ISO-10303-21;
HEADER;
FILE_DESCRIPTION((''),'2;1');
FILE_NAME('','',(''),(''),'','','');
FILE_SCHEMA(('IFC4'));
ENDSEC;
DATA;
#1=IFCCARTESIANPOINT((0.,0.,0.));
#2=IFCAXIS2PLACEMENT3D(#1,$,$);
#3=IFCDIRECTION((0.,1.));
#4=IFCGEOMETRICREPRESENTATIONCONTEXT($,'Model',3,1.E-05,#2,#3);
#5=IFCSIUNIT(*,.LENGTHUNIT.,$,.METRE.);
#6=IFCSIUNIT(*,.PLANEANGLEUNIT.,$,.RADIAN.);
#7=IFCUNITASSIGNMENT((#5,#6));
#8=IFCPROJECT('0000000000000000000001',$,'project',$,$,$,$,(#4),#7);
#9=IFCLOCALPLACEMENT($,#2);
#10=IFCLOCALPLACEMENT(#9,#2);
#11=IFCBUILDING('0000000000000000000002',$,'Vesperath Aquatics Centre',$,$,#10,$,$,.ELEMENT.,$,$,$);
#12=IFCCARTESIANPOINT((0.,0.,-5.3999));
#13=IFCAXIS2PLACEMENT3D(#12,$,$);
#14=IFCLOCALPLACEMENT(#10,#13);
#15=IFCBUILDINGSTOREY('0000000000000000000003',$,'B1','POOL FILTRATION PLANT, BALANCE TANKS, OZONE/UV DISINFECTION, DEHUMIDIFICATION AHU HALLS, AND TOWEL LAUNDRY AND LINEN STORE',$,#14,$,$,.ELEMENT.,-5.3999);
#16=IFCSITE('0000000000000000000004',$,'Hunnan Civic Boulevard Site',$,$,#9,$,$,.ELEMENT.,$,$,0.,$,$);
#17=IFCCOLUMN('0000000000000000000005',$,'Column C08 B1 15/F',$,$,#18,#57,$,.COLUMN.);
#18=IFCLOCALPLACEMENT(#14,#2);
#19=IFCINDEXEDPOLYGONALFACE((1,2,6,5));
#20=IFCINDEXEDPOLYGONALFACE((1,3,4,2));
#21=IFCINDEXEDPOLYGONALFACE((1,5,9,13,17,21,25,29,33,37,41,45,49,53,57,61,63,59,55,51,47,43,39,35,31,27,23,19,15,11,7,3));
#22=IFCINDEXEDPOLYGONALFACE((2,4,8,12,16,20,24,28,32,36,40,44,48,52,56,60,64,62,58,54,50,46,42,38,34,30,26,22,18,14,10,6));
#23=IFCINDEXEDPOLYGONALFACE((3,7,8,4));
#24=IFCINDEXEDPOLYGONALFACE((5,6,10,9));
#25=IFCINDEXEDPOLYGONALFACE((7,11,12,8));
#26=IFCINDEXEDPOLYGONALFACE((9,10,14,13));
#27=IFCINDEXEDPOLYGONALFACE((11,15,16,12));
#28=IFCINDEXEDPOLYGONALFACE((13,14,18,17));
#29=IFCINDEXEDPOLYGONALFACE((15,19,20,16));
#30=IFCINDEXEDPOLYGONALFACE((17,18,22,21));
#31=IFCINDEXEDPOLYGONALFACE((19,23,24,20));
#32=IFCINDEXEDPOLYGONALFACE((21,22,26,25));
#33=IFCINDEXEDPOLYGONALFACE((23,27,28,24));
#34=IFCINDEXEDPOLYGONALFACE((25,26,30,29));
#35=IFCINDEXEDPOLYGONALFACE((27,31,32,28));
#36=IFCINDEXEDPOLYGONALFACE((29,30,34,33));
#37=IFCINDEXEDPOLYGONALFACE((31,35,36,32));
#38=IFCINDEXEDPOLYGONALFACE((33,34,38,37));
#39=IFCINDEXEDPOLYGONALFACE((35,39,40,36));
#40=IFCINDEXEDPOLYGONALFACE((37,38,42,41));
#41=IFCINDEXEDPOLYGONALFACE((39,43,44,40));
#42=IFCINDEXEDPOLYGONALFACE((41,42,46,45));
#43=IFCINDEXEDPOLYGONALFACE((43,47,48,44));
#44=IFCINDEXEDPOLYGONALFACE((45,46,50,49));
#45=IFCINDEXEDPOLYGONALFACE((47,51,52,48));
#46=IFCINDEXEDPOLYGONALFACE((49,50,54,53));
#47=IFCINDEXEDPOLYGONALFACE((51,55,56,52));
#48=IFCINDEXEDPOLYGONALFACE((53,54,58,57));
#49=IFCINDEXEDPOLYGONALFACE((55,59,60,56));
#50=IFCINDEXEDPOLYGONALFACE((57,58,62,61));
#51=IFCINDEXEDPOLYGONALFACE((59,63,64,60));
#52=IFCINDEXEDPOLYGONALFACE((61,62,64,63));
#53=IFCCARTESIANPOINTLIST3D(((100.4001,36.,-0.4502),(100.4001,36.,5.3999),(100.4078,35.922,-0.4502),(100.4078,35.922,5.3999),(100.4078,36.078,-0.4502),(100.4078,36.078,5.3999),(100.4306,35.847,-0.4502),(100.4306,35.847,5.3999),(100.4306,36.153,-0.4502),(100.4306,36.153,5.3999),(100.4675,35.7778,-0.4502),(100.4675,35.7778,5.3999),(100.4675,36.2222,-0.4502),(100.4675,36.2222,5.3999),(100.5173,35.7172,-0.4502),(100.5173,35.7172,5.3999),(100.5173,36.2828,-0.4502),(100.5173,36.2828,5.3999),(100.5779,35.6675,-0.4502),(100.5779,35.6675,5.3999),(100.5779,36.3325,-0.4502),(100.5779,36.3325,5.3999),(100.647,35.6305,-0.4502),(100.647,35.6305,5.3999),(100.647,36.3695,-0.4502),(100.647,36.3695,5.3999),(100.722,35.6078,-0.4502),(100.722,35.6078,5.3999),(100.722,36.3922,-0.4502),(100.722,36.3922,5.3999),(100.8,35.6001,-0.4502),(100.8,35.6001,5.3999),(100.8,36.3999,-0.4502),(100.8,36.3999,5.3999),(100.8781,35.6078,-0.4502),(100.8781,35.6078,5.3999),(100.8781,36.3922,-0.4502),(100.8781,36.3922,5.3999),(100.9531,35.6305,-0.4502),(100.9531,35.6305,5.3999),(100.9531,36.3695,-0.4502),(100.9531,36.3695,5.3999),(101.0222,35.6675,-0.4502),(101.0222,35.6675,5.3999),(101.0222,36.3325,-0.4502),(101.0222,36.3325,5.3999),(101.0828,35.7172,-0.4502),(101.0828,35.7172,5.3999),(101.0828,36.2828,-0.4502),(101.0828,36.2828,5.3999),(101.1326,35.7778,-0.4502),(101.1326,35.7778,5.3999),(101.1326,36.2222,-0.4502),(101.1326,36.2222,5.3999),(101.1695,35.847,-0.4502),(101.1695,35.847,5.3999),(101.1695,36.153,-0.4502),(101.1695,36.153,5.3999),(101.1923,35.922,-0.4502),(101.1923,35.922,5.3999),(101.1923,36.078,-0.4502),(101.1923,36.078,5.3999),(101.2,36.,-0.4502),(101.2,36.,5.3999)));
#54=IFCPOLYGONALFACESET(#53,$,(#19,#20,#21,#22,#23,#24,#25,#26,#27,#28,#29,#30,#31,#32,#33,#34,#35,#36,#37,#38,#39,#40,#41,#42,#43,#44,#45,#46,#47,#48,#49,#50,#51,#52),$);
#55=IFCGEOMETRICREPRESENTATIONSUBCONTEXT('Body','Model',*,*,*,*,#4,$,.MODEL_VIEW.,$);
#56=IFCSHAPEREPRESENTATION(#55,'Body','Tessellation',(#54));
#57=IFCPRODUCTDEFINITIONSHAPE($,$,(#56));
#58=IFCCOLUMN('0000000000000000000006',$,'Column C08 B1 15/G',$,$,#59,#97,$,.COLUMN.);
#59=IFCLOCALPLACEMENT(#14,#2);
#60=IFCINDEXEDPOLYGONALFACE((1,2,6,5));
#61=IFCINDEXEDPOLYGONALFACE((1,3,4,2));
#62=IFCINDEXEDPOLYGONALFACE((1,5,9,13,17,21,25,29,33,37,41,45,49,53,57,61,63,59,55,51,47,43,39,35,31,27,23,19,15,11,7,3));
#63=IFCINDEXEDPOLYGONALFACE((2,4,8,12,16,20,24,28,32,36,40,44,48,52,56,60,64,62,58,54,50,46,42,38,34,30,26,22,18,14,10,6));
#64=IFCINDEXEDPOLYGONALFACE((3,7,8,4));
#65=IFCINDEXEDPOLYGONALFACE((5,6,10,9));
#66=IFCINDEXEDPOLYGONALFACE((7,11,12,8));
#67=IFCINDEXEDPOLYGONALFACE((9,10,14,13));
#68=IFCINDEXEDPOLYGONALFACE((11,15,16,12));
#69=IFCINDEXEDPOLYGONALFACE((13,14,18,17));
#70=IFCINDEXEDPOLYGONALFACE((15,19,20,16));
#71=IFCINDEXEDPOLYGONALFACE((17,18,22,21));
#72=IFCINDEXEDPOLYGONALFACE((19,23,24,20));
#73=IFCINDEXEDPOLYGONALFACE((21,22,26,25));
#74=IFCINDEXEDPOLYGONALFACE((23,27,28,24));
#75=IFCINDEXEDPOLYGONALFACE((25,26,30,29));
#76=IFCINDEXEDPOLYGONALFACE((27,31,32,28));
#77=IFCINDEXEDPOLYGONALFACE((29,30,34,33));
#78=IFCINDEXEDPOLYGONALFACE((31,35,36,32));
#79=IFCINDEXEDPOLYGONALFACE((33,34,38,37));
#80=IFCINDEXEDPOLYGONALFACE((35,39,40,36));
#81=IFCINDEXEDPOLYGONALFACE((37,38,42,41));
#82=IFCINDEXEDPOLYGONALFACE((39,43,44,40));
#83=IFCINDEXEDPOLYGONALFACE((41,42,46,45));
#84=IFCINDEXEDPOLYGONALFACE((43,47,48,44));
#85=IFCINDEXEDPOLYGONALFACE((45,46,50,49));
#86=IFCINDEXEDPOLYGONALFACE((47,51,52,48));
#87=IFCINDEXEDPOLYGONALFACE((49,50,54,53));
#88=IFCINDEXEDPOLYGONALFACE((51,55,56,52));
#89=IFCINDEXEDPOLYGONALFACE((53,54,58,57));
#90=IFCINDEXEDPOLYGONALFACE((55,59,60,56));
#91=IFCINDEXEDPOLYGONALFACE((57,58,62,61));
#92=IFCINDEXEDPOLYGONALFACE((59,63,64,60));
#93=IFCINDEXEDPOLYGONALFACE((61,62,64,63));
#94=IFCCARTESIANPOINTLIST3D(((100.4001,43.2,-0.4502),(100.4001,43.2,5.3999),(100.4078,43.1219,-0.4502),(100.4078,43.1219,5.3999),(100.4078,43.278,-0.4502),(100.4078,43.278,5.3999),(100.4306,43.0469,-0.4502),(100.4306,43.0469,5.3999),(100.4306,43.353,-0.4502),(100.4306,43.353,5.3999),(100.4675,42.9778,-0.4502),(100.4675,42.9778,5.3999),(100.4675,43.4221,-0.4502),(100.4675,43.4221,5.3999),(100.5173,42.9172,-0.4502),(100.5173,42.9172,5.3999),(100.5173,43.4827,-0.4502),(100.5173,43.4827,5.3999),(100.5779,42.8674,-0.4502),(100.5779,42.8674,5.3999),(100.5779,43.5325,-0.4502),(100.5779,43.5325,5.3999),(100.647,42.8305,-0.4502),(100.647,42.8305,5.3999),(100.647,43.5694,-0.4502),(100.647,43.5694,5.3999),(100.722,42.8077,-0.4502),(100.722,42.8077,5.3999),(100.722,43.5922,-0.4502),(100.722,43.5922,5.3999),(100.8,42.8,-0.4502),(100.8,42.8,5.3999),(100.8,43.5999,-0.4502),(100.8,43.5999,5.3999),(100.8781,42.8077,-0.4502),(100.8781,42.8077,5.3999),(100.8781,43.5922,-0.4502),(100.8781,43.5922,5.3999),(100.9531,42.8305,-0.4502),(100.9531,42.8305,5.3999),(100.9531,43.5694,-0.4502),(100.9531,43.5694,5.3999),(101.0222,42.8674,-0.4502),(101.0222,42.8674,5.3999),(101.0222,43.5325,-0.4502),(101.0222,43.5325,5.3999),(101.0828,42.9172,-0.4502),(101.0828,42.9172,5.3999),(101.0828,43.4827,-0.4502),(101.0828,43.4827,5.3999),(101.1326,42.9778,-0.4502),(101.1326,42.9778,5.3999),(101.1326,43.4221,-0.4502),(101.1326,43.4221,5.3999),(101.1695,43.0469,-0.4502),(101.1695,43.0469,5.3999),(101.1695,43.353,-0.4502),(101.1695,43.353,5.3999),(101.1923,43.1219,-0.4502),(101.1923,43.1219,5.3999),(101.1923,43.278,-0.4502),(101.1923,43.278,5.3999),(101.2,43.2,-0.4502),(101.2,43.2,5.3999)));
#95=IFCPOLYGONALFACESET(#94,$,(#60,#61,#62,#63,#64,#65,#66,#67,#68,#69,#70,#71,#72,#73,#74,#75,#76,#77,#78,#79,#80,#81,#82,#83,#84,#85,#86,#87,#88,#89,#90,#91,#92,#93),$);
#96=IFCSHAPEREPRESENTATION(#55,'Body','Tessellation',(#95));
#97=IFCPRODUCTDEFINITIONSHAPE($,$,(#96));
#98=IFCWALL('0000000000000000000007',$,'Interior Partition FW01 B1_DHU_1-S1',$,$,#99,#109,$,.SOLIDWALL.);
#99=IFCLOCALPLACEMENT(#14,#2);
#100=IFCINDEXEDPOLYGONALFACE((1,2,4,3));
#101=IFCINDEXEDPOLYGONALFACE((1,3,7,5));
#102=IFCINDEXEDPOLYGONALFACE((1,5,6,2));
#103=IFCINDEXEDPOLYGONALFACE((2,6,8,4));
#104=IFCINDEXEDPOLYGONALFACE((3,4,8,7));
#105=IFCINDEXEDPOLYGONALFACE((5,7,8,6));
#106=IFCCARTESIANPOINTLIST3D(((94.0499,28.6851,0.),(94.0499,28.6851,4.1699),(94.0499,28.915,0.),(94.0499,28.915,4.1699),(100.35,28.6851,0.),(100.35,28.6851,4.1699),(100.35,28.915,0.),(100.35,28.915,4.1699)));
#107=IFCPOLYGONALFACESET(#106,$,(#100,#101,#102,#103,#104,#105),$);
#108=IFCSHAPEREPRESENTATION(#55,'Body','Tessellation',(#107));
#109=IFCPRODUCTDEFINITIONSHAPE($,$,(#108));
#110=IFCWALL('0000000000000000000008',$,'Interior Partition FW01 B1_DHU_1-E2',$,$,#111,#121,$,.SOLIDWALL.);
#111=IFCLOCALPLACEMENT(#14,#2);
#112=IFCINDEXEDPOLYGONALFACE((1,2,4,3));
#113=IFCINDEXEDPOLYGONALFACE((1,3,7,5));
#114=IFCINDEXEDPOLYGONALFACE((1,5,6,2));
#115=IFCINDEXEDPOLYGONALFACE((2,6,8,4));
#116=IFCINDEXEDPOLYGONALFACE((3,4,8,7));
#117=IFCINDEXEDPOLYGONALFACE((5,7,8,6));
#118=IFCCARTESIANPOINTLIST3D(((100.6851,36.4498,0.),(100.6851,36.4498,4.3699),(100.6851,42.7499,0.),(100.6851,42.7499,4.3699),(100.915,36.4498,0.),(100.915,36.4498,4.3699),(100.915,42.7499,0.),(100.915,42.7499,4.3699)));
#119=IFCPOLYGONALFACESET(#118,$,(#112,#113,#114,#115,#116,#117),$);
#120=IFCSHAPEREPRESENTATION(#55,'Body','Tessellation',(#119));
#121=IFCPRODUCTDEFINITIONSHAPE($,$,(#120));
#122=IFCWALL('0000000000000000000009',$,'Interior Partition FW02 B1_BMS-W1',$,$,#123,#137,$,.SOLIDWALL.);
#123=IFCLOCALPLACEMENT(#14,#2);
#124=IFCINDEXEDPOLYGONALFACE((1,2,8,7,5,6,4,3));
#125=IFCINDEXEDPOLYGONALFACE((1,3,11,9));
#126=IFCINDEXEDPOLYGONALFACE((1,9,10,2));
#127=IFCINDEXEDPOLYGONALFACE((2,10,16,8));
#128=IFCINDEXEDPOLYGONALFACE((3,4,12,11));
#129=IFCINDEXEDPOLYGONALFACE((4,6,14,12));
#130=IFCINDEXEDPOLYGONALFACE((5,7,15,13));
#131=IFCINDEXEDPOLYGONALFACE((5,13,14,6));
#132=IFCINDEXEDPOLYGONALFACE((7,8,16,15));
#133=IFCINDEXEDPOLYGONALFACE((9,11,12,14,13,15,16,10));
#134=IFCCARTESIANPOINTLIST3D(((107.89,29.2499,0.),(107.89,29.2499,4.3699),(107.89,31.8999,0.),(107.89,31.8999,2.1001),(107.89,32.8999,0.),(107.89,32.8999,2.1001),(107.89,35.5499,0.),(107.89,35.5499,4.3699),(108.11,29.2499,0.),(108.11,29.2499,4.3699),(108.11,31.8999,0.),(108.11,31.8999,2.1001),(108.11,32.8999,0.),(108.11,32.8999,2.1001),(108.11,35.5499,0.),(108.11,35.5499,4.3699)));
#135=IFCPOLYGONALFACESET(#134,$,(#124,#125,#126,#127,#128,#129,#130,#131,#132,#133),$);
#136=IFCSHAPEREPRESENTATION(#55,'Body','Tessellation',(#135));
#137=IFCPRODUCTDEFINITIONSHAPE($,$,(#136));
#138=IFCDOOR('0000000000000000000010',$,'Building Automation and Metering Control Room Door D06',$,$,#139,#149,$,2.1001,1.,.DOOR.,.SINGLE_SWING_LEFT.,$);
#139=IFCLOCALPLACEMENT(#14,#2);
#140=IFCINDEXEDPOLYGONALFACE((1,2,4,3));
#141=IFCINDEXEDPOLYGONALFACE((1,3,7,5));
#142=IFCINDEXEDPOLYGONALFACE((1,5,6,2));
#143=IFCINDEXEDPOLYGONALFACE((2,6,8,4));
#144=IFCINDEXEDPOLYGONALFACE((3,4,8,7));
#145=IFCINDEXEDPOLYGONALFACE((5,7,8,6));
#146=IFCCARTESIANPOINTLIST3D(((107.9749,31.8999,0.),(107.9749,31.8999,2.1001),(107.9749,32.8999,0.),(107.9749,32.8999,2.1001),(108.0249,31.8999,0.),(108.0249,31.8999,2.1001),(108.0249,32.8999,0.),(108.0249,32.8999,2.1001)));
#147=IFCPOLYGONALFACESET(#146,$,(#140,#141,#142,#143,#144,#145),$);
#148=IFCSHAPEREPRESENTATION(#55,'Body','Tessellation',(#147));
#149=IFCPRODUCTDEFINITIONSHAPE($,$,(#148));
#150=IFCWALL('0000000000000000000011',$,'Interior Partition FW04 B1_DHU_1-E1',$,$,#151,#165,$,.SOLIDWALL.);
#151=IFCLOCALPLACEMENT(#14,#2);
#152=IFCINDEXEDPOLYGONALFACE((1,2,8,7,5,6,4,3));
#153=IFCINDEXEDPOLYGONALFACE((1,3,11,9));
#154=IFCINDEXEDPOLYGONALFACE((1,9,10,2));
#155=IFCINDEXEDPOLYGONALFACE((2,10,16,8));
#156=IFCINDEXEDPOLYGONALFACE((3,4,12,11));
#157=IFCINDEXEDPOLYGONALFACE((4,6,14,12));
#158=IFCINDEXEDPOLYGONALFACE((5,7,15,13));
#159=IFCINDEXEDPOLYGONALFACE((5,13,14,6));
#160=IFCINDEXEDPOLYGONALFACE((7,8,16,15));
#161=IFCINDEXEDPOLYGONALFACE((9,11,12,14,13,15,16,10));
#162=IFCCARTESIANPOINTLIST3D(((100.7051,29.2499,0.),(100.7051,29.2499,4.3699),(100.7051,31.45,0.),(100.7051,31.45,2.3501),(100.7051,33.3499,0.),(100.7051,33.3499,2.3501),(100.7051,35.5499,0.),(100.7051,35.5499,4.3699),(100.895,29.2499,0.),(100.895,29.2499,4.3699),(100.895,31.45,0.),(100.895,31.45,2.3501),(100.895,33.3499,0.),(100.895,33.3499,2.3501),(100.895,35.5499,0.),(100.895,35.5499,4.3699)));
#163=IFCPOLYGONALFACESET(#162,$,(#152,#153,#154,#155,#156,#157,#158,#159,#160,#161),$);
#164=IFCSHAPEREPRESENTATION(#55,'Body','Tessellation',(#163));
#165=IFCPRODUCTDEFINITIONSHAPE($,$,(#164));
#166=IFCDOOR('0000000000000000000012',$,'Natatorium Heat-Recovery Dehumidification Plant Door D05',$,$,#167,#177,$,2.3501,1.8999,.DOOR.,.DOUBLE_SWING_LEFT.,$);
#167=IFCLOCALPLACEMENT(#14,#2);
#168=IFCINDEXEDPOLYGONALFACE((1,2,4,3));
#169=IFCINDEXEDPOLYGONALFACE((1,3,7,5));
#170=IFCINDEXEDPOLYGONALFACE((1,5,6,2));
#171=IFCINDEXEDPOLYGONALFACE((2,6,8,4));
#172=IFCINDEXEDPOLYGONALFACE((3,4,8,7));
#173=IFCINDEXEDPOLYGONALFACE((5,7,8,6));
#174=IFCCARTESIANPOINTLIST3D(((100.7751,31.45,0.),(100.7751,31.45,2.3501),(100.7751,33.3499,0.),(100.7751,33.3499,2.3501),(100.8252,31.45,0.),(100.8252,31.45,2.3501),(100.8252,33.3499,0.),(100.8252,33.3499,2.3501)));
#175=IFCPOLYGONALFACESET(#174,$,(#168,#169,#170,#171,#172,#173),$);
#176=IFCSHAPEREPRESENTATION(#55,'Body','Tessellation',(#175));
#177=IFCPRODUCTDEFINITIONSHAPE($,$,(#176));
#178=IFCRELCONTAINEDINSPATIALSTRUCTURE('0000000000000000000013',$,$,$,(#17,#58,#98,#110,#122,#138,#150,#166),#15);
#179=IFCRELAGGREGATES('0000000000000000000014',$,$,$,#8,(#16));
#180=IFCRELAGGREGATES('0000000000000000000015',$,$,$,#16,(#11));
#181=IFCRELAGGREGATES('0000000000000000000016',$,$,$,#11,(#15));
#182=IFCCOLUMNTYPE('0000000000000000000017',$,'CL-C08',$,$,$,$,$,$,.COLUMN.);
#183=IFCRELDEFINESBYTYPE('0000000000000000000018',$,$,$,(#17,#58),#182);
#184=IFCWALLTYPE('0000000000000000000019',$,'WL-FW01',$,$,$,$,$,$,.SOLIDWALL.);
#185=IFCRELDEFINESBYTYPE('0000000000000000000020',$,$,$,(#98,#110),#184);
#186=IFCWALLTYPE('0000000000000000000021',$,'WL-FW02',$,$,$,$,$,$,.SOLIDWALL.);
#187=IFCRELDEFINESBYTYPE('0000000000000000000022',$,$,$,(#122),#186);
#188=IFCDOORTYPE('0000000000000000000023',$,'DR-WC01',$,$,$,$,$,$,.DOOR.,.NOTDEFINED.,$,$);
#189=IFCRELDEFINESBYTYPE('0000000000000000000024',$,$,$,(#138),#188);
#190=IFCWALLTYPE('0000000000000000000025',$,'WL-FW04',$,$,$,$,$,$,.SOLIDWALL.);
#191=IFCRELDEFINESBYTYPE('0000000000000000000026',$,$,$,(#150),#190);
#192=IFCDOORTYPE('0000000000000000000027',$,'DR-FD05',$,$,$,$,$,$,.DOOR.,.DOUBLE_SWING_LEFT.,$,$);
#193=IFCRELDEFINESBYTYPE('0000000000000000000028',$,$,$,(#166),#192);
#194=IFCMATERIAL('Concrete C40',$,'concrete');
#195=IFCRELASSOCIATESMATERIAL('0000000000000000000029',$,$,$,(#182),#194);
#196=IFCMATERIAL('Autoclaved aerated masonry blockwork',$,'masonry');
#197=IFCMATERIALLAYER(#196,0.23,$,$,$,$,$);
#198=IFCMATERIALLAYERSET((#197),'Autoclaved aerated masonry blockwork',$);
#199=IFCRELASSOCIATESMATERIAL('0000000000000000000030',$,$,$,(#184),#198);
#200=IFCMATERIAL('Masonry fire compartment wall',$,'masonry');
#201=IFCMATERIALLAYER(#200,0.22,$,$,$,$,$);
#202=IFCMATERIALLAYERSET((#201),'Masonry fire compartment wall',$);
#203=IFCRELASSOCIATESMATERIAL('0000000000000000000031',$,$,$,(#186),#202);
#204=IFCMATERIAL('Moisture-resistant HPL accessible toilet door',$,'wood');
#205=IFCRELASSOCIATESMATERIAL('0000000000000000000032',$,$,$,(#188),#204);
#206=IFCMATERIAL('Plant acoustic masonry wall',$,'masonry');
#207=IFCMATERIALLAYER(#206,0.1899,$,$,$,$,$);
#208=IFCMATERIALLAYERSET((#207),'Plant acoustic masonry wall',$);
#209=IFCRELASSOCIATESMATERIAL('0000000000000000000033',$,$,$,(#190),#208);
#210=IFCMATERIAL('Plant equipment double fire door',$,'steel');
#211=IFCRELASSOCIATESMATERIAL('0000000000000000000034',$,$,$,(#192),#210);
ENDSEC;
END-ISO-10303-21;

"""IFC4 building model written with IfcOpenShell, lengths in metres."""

from ifc_helpers import new_model, si_unit, direction, frame, frame_2d, origin, origin_2d, place, context, subcontext, project, spatial, rectangle, circle, extrude, material, layer, layer_set, material_profile, profile_set, type_object, element, fill, save


model = new_model("IFC4")

# Units and contexts
model_context = context("Model", 3, precision=1e-05, world=origin(), true_north=direction((0.0, 1.0)))
body_context = subcontext(model_context, "Body", "Model", "MODEL_VIEW")
ifc_project = project(units=[si_unit("LENGTHUNIT", "METRE"), si_unit("PLANEANGLEUNIT", "RADIAN")], contexts=[model_context])

# Site, building, storey
site_placement = place(None, origin())
site = spatial("IfcSite", under=ifc_project, at=site_placement, Name="Hunnan Civic Boulevard Site", CompositionType="ELEMENT", RefElevation=0.0)
building_placement = place(site_placement, origin())
building = spatial("IfcBuilding", under=site, at=building_placement, Name="Vesperath Aquatics Centre", CompositionType="ELEMENT")
storey_placement = place(building_placement, frame((0.0, 0.0, -5.3999)))
storey = spatial("IfcBuildingStorey", under=building, at=storey_placement, Name="B1", Description="POOL FILTRATION PLANT, BALANCE TANKS, OZONE/UV DISINFECTION, DEHUMIDIFICATION AHU HALLS, AND TOWEL LAUNDRY AND LINEN STORE", CompositionType="ELEMENT", Elevation=-5.3999)

# Shared definitions
ifc_material_1 = material(Name="Concrete C40", Category="concrete")

# Columns
ifc_material_profile_1 = material_profile(ifc_material_1, circle(Radius=0.3999, at=origin_2d()), Name="RC D800")
ifc_profile_set_1 = profile_set([ifc_material_profile_1], Name="Concrete C40")
column_type_1 = type_object("IfcColumnType", Name="CL-C08", PredefinedType="COLUMN", material=ifc_profile_set_1)
for number, where, z_axis, x_axis, name in (
    (1, (100.8, 36.0, -0.4502), (0.0, 0.0, 1.0), (1.0, 0.0, 0.0), "Column C08 B1 15/F"),
    (2, (100.8, 43.2, -0.4502), (0.0, 0.0, 1.0), (1.0, 0.0, 0.0), "Column C08 B1 15/G"),
):
    element("IfcColumn", number, at=place(storey_placement, frame(where, z_axis=z_axis, x_axis=x_axis)), inside=storey, type_object=column_type_1, Name=name, PredefinedType="COLUMN", context=body_context, shape_type="SweptSolid", body=[
        extrude(circle(Radius=0.3999, at=origin_2d()), origin(), (0.0, 0.0, 1.0), 5.8501),
    ])

# Walls
ifc_material_2 = material(Name="Autoclaved aerated masonry blockwork", Category="masonry")
ifc_layer_1 = layer(ifc_material_2, 0.23)
ifc_layer_set_1 = layer_set([ifc_layer_1], Name="Autoclaved aerated masonry blockwork")
wall_type_1 = type_object("IfcWallType", Name="WL-FW01", PredefinedType="SOLIDWALL", material=ifc_layer_set_1)
wall_1_placement = place(storey_placement, frame((94.05, 28.8, 0.0), z_axis=(0.0, 0.0, 1.0), x_axis=(1.0, 0.0, 0.0)))
element("IfcWall", 3, at=wall_1_placement, inside=storey, type_object=wall_type_1, Name="Interior Partition FW01 B1_DHU_1-S1", PredefinedType="SOLIDWALL", context=body_context, shape_type="SweptSolid", body=[
    extrude(rectangle(XDim=6.3, YDim=0.23, at=frame_2d((3.1499, 0.0))), origin(), (0.0, 0.0, 1.0), 4.1699),
])
wall_2_placement = place(storey_placement, frame((100.8, 36.45, 0.0), z_axis=(0.0, 0.0, 1.0), x_axis=(0.0, 1.0, 0.0)))
element("IfcWall", 4, at=wall_2_placement, inside=storey, type_object=wall_type_1, Name="Interior Partition FW01 B1_DHU_1-E2", PredefinedType="SOLIDWALL", context=body_context, shape_type="SweptSolid", body=[
    extrude(rectangle(XDim=6.3, YDim=0.23, at=frame_2d((3.1499, 0.0))), origin(), (0.0, 0.0, 1.0), 4.3699),
])

# Walls, openings, doors
ifc_material_3 = material(Name="Masonry fire compartment wall", Category="masonry")
ifc_layer_2 = layer(ifc_material_3, 0.22)
ifc_layer_set_2 = layer_set([ifc_layer_2], Name="Masonry fire compartment wall")
wall_type_2 = type_object("IfcWallType", Name="WL-FW02", PredefinedType="SOLIDWALL", material=ifc_layer_set_2)
wall_3_placement = place(storey_placement, frame((108.0, 29.25, 0.0), z_axis=(0.0, 0.0, 1.0), x_axis=(0.0, 1.0, 0.0)))
wall_3 = element("IfcWall", 5, at=wall_3_placement, inside=storey, type_object=wall_type_2, Name="Interior Partition FW02 B1_BMS-W1", PredefinedType="SOLIDWALL", context=body_context, shape_type="SweptSolid", body=[
    extrude(rectangle(XDim=6.3, YDim=0.22, at=frame_2d((3.1499, 0.0))), origin(), (0.0, 0.0, 1.0), 4.3699),
])
opening_1_placement = place(wall_3_placement, frame((2.6499, 0.0, 0.0)))
opening_1 = element("IfcOpeningElement", 6, at=opening_1_placement, cuts=wall_3, PredefinedType="OPENING", context=body_context, shape_type="SweptSolid", body=[
    extrude(rectangle(XDim=1.0, YDim=2.1001, at=frame_2d((0.5, 1.05))), frame((0.0, 0.125, 0.0), z_axis=(0.0, -1.0, 0.0), x_axis=(1.0, 0.0, 0.0)), (0.0, 0.0, 1.0), 0.2498),
])
ifc_material_4 = material(Name="Moisture-resistant HPL accessible toilet door", Category="wood")
door_type_1 = type_object("IfcDoorType", Name="DR-WC01", OperationType="NOTDEFINED", PredefinedType="DOOR", material=ifc_material_4)
door_1_placement = place(opening_1_placement, frame((1.0, 0.0, 0.0), z_axis=(0.0, 0.0, 1.0), x_axis=(-1.0, 0.0, 0.0)))
door_1 = element("IfcDoor", 7, at=door_1_placement, inside=storey, type_object=door_type_1, Name="Building Automation and Metering Control Room Door D06", OperationType="SINGLE_SWING_LEFT", OverallHeight=2.1001, OverallWidth=1.0, PredefinedType="DOOR", context=body_context, shape_type="SweptSolid", body=[
    extrude(rectangle(XDim=1.0, YDim=2.1001, at=frame_2d((0.5, 1.05))), frame((0.0, 0.0249, 0.0), z_axis=(0.0, -1.0, 0.0), x_axis=(1.0, 0.0, 0.0)), (0.0, 0.0, 1.0), 0.05),
])
fill(opening_1, door_1)
ifc_material_5 = material(Name="Plant acoustic masonry wall", Category="masonry")
ifc_layer_3 = layer(ifc_material_5, 0.1899)
ifc_layer_set_3 = layer_set([ifc_layer_3], Name="Plant acoustic masonry wall")
wall_type_3 = type_object("IfcWallType", Name="WL-FW04", PredefinedType="SOLIDWALL", material=ifc_layer_set_3)
wall_4_placement = place(storey_placement, frame((100.8, 29.25, 0.0), z_axis=(0.0, 0.0, 1.0), x_axis=(0.0, 1.0, 0.0)))
wall_4 = element("IfcWall", 8, at=wall_4_placement, inside=storey, type_object=wall_type_3, Name="Interior Partition FW04 B1_DHU_1-E1", PredefinedType="SOLIDWALL", context=body_context, shape_type="SweptSolid", body=[
    extrude(rectangle(XDim=6.3, YDim=0.1899, at=frame_2d((3.1499, 0.0))), origin(), (0.0, 0.0, 1.0), 4.3699),
])
opening_2_placement = place(wall_4_placement, frame((2.2, 0.0, 0.0)))
opening_2 = element("IfcOpeningElement", 9, at=opening_2_placement, cuts=wall_4, PredefinedType="OPENING", context=body_context, shape_type="SweptSolid", body=[
    extrude(rectangle(XDim=1.8999, YDim=2.3501, at=frame_2d((0.95, 1.175))), frame((0.0, 0.1099, 0.0), z_axis=(0.0, -1.0, 0.0), x_axis=(1.0, 0.0, 0.0)), (0.0, 0.0, 1.0), 0.2197),
])
ifc_material_6 = material(Name="Plant equipment double fire door", Category="steel")
door_type_2 = type_object("IfcDoorType", Name="DR-FD05", OperationType="DOUBLE_SWING_LEFT", PredefinedType="DOOR", material=ifc_material_6)
door_2_placement = place(opening_2_placement, origin())
door_2 = element("IfcDoor", 10, at=door_2_placement, inside=storey, type_object=door_type_2, Name="Natatorium Heat-Recovery Dehumidification Plant Door D05", OperationType="DOUBLE_SWING_LEFT", OverallHeight=2.3501, OverallWidth=1.8999, PredefinedType="DOOR", context=body_context, shape_type="SweptSolid", body=[
    extrude(rectangle(XDim=1.8999, YDim=2.3501, at=frame_2d((0.95, 1.175))), frame((0.0, 0.0249, 0.0), z_axis=(0.0, -1.0, 0.0), x_axis=(1.0, 0.0, 0.0)), (0.0, 0.0, 1.0), 0.05),
])
fill(opening_2, door_2)

save(model, "model.ifc")
